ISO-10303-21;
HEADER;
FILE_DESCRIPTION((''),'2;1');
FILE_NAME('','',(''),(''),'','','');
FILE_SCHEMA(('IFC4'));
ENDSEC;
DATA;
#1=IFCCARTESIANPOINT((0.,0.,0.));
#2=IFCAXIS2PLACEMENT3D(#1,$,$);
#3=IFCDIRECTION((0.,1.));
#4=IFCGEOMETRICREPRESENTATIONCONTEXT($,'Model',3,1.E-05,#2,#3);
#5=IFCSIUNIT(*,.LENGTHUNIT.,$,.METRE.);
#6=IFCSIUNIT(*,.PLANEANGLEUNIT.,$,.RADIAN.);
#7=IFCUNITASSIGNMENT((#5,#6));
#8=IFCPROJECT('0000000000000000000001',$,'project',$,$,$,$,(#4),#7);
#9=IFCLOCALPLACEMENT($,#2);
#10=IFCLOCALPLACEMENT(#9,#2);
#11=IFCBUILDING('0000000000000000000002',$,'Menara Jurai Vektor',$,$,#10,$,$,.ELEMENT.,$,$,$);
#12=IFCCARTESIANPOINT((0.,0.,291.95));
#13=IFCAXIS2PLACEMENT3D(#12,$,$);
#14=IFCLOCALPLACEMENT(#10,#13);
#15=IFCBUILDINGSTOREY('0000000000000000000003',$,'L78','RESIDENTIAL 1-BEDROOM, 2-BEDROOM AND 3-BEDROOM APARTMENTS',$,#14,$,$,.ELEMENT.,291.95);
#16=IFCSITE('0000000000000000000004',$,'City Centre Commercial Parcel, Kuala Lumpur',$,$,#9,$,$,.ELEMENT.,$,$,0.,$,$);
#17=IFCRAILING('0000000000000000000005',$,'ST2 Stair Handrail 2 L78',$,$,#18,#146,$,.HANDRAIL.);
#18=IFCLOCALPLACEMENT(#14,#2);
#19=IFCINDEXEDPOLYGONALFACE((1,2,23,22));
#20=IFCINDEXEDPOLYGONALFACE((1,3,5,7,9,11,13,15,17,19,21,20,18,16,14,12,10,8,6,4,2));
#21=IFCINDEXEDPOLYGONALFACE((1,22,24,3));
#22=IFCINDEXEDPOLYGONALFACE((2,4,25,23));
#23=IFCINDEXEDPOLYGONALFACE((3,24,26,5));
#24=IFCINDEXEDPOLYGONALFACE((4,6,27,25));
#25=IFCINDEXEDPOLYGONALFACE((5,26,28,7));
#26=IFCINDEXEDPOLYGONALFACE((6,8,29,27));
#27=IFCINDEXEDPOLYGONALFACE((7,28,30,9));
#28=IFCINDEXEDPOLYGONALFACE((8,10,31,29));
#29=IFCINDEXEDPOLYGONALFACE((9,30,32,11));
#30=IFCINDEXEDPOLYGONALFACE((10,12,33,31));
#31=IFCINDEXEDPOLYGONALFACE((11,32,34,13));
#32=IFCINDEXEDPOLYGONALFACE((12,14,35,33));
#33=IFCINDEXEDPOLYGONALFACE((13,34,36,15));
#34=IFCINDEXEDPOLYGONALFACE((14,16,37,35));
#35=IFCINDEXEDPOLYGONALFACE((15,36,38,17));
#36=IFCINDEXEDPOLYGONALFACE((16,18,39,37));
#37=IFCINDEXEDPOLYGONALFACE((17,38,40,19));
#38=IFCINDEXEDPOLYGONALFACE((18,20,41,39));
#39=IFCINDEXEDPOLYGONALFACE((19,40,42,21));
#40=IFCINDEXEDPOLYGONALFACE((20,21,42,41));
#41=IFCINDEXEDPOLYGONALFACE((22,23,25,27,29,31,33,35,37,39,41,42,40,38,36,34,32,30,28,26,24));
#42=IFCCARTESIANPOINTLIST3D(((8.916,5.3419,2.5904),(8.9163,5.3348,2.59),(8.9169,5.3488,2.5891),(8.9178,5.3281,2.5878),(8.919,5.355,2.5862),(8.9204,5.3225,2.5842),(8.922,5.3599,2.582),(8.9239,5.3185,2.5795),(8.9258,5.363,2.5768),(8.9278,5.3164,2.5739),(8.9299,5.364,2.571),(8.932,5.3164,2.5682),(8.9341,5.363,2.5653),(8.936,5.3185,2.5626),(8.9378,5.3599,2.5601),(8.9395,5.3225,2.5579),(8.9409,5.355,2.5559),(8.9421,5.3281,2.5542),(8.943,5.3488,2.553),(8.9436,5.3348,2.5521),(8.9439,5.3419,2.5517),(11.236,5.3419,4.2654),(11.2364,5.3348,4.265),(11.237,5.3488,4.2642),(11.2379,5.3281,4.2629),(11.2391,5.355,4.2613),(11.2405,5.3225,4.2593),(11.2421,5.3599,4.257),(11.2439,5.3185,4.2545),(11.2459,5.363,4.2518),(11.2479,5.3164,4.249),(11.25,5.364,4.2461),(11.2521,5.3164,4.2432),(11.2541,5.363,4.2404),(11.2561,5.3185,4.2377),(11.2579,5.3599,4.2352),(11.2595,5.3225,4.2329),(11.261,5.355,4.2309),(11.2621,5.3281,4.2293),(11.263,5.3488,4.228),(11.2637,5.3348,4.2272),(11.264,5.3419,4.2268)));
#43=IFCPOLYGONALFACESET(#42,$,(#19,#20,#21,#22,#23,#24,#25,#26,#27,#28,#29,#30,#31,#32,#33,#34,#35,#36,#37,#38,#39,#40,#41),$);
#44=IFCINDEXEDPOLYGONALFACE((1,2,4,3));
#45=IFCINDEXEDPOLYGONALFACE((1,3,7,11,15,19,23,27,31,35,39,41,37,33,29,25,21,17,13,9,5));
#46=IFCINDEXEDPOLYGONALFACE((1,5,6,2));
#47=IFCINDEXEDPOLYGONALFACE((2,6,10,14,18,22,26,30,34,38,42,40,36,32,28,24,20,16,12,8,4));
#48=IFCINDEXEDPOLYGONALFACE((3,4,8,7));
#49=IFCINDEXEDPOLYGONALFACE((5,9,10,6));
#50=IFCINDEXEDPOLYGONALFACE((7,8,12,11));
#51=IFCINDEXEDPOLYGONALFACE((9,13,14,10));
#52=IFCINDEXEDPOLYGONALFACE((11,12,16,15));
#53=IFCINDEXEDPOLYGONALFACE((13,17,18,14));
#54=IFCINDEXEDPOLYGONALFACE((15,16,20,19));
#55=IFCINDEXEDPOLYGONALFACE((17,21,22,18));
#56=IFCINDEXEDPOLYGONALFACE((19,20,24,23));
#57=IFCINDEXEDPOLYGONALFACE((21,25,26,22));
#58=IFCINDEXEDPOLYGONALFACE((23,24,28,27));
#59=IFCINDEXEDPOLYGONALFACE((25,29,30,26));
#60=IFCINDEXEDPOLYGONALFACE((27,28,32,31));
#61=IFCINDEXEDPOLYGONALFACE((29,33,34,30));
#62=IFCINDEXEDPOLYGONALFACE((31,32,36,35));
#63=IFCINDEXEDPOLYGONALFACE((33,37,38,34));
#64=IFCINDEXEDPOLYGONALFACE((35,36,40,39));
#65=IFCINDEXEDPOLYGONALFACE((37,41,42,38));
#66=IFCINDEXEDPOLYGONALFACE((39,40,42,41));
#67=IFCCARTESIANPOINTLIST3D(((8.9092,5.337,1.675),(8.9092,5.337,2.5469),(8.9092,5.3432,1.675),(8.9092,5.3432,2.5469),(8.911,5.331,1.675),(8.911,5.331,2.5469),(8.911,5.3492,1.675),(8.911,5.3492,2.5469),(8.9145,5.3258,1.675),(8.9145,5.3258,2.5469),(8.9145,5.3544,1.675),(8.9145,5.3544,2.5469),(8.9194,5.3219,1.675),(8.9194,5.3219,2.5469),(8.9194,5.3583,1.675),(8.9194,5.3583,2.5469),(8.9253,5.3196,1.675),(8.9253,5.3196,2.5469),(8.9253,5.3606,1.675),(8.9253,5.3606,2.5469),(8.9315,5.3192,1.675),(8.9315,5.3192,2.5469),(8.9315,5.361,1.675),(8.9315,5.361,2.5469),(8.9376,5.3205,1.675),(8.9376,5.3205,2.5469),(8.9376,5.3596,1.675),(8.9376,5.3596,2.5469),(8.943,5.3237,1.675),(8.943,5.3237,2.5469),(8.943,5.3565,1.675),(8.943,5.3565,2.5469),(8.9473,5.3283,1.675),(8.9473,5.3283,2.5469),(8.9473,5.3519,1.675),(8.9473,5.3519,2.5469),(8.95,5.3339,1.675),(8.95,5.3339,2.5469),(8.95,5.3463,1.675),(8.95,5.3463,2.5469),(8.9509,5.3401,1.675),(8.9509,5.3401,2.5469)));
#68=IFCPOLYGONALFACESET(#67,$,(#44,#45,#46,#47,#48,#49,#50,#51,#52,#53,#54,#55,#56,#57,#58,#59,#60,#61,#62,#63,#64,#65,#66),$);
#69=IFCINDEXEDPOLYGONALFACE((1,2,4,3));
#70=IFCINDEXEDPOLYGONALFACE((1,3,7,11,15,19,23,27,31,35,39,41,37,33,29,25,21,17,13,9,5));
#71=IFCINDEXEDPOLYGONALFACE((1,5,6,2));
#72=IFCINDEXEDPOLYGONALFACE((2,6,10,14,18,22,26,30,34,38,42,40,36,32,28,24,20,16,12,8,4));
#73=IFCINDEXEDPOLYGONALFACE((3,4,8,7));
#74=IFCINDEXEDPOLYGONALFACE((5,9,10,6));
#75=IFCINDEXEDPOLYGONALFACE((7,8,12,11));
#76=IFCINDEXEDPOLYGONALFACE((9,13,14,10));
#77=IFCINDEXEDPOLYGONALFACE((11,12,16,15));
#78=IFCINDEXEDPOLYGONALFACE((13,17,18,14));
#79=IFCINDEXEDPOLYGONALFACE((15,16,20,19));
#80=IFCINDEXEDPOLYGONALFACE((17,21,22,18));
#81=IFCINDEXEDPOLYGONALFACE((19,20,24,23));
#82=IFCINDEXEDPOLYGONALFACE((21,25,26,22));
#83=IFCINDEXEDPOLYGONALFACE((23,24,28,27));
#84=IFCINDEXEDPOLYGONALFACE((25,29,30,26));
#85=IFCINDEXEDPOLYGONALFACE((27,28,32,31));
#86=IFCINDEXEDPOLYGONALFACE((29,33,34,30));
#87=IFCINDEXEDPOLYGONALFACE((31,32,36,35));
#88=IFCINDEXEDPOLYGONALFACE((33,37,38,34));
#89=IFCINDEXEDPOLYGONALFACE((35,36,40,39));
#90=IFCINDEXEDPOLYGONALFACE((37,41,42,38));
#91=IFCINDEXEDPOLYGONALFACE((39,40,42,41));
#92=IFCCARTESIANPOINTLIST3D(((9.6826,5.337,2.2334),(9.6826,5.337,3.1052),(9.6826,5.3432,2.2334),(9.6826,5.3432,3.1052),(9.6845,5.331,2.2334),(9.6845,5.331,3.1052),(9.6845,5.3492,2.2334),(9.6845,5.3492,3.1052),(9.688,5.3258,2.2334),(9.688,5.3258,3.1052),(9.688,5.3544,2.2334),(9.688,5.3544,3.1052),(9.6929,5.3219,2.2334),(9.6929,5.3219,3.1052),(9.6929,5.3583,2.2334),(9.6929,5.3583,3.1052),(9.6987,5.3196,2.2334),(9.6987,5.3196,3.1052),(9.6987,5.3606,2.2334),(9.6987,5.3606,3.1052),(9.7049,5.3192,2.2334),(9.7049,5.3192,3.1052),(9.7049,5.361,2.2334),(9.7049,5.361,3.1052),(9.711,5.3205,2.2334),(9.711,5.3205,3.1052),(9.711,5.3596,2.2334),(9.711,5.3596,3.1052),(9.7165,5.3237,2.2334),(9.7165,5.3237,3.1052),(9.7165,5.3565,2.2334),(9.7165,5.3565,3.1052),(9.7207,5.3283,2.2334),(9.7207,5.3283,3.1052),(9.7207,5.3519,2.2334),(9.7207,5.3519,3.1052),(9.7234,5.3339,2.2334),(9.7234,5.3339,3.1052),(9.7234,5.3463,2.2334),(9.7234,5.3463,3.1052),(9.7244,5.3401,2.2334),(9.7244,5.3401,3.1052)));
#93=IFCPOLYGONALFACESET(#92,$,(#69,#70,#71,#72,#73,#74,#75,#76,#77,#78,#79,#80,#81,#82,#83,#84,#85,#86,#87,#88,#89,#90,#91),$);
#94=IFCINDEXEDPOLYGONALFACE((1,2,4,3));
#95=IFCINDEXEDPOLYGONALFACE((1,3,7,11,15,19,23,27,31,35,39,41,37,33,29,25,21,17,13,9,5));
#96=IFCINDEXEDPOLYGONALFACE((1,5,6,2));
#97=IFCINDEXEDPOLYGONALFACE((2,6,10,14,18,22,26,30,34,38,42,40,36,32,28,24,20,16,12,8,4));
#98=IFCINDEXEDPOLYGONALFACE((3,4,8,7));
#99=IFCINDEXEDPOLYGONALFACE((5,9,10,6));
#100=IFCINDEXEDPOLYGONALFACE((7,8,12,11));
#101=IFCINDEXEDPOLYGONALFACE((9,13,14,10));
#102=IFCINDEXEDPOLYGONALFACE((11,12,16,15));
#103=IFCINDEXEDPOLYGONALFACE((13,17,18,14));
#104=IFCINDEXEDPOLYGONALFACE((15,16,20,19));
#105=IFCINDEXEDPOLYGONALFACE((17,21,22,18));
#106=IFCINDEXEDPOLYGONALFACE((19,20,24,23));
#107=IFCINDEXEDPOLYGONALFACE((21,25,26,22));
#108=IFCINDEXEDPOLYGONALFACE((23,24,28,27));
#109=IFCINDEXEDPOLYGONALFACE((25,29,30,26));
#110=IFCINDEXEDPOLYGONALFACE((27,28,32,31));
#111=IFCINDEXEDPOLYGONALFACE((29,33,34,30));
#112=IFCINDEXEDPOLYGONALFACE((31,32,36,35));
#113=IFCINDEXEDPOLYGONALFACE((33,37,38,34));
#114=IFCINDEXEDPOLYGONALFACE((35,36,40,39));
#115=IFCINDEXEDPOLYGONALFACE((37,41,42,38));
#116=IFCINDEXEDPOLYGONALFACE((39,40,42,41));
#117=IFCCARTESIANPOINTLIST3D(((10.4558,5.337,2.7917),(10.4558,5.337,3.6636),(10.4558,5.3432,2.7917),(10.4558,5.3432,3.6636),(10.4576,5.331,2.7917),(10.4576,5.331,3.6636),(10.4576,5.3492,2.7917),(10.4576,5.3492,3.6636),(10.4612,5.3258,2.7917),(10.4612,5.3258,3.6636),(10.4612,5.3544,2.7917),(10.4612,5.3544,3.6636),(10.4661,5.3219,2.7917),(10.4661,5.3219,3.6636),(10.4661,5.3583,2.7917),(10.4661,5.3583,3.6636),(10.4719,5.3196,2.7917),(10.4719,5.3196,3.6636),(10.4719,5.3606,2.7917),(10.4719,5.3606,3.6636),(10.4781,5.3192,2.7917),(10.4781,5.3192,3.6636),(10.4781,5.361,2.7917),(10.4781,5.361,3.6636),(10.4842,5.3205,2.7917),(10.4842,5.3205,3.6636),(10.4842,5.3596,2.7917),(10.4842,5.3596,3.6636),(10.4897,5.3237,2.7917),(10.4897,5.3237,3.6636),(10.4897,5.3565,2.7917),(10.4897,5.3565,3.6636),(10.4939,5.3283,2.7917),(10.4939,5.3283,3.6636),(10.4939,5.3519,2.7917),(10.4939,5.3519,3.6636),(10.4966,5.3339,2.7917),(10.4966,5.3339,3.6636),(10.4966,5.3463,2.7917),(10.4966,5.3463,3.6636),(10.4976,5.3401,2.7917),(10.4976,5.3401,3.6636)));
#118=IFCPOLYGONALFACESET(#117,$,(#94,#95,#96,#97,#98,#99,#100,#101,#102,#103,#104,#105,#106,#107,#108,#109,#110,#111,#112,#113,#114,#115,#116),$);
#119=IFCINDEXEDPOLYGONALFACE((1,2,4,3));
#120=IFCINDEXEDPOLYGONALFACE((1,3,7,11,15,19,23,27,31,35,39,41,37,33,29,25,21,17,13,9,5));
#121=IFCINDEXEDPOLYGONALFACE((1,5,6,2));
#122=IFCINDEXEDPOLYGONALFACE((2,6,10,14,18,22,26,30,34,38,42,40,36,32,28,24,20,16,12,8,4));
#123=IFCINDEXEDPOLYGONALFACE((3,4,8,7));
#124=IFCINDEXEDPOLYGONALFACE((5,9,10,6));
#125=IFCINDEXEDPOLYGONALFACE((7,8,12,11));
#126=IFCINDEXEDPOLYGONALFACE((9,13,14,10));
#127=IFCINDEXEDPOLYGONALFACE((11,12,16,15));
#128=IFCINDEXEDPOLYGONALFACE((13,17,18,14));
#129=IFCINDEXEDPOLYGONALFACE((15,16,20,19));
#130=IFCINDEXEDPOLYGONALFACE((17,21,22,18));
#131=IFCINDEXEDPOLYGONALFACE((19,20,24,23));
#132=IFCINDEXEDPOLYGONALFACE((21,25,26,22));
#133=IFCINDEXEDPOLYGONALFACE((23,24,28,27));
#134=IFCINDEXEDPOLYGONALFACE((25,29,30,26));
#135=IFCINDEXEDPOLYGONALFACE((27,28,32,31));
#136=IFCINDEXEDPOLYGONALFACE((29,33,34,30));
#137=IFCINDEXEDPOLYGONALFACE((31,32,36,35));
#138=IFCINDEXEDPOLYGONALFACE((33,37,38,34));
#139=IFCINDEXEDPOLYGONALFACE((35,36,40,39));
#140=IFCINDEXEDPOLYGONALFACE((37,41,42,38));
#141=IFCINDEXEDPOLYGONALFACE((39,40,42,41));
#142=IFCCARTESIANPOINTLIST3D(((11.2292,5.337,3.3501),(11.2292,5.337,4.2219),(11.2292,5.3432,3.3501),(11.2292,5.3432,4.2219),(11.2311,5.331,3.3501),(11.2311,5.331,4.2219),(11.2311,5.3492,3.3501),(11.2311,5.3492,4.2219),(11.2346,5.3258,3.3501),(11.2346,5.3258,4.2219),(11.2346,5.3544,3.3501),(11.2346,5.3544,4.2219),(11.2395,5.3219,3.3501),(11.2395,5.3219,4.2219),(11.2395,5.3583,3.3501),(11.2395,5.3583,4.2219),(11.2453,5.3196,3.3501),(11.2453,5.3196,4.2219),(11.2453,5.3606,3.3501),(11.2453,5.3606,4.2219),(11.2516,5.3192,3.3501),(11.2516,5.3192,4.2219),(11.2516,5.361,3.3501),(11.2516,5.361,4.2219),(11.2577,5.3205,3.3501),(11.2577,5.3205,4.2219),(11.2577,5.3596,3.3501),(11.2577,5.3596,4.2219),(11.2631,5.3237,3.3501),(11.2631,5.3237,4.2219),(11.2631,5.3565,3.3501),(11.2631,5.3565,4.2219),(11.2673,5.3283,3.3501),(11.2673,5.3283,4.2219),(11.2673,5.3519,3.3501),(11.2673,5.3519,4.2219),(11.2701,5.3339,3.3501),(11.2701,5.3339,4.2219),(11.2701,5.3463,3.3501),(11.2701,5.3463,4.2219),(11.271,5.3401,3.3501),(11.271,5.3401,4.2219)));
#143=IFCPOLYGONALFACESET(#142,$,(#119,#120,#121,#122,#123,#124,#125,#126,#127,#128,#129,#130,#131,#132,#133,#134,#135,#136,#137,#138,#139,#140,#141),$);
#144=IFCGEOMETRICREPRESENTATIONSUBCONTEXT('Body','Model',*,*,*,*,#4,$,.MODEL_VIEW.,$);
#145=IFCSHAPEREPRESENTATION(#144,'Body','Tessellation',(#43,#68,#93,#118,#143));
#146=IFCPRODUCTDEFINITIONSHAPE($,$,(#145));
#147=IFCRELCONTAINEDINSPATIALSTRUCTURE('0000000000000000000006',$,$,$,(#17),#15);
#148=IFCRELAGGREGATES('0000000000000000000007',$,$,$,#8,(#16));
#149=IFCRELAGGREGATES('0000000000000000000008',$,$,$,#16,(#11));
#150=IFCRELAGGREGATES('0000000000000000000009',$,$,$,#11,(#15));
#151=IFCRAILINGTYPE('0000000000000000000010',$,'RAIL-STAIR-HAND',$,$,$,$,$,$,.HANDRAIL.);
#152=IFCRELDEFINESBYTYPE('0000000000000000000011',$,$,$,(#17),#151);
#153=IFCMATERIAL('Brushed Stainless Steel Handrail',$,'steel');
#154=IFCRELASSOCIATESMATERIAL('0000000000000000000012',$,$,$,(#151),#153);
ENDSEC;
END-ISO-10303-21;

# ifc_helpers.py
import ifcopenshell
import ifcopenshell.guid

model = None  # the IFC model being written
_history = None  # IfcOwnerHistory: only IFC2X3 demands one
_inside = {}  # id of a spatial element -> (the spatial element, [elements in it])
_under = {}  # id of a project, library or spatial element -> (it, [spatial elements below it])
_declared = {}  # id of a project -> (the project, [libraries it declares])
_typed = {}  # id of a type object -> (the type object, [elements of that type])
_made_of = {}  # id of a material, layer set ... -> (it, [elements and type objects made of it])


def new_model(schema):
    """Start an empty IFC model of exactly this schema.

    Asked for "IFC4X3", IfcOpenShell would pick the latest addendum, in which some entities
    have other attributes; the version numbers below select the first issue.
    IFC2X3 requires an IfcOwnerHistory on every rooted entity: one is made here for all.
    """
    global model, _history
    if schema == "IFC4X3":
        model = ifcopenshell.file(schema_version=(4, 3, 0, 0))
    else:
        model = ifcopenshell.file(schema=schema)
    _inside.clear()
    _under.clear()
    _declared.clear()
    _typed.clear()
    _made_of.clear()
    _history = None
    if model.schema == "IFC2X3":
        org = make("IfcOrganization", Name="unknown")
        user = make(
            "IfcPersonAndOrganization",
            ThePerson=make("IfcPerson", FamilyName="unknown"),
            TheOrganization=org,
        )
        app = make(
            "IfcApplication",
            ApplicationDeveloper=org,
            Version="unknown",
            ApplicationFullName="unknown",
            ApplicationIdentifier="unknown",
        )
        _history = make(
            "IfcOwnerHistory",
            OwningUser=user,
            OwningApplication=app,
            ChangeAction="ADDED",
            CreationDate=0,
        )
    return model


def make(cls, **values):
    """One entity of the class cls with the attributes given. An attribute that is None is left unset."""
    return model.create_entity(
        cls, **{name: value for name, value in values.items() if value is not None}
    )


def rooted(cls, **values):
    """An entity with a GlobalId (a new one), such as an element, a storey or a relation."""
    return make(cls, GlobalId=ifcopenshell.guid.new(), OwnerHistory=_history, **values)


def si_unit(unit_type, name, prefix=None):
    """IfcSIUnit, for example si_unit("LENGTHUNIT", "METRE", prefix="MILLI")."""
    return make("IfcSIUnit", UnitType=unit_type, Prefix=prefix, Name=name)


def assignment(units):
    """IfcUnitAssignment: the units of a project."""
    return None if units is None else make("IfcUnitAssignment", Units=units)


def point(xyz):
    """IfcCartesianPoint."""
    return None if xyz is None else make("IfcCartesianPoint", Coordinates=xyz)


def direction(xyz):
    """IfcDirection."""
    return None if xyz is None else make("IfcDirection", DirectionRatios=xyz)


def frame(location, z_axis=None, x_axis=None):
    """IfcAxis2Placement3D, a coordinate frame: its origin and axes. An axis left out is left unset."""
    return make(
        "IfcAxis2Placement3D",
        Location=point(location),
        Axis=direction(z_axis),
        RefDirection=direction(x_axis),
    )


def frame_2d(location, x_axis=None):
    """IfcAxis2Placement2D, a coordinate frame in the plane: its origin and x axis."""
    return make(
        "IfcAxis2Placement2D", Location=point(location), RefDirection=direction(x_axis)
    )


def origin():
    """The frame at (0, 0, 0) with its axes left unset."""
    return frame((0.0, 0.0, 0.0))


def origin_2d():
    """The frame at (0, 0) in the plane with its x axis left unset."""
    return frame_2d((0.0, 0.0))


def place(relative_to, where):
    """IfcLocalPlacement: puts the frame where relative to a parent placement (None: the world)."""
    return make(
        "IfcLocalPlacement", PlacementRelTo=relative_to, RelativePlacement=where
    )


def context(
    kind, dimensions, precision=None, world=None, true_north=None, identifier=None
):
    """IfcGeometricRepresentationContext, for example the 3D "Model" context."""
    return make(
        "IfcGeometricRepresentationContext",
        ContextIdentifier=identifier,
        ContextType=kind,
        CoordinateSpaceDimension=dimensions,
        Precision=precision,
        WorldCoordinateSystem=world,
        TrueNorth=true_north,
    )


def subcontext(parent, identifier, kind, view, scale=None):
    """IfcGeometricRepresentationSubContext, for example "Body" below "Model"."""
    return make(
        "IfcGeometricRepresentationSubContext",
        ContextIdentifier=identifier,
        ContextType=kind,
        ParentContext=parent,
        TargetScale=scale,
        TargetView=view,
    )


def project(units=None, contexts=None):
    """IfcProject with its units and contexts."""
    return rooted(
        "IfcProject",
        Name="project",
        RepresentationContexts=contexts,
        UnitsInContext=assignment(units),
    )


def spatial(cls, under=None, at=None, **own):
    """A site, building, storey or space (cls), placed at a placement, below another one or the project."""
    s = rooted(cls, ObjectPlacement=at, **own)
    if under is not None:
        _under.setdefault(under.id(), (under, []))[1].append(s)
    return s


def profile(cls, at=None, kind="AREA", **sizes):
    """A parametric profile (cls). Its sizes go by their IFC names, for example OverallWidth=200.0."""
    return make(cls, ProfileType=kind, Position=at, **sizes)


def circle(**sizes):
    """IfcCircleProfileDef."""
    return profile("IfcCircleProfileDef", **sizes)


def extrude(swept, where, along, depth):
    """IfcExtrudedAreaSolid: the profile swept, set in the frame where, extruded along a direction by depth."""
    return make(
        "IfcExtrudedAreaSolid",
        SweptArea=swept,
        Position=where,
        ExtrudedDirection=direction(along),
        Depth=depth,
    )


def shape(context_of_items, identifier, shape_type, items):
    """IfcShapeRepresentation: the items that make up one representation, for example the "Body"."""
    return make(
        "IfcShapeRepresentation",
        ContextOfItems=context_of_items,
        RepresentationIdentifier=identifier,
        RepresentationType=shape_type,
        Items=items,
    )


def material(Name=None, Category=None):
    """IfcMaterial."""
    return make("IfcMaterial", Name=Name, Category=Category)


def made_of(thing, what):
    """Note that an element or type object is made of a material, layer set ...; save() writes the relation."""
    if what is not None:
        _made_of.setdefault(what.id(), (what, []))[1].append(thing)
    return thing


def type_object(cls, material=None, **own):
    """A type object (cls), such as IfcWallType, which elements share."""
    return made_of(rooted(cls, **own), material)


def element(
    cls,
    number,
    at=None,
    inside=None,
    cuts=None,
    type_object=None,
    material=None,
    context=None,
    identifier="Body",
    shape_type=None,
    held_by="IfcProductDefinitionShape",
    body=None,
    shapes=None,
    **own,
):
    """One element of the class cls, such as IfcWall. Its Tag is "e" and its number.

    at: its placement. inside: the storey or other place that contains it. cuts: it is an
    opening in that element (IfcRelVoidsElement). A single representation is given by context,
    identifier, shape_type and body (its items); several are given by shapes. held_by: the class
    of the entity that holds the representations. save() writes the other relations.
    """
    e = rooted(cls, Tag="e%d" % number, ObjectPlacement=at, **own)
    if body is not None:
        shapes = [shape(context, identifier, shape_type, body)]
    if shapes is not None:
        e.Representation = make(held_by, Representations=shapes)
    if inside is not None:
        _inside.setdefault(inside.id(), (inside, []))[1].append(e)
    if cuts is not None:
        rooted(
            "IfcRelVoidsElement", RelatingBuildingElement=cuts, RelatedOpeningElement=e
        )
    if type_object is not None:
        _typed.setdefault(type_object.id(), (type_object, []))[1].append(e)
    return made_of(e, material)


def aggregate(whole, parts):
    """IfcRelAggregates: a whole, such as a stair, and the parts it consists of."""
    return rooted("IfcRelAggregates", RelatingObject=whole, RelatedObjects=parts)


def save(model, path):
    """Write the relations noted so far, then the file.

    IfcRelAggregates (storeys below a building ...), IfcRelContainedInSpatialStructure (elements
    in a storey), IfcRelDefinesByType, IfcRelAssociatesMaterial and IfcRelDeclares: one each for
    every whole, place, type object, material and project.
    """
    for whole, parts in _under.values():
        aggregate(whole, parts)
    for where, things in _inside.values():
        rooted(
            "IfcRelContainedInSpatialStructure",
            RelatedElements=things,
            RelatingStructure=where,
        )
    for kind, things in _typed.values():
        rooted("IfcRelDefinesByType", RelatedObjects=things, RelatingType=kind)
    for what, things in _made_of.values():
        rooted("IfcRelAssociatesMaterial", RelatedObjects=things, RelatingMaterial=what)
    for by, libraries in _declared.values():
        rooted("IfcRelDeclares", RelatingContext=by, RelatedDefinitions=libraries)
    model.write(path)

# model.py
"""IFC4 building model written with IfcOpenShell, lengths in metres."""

from ifc_helpers import new_model, si_unit, direction, frame, origin, origin_2d, place, context, subcontext, project, spatial, circle, extrude, material, type_object, element, save


model = new_model("IFC4")

# Units and contexts
model_context = context("Model", 3, precision=1e-05, world=origin(), true_north=direction((0.0, 1.0)))
body_context = subcontext(model_context, "Body", "Model", "MODEL_VIEW")
ifc_project = project(units=[si_unit("LENGTHUNIT", "METRE"), si_unit("PLANEANGLEUNIT", "RADIAN")], contexts=[model_context])

# Site, building, storey
site_placement = place(None, origin())
site = spatial("IfcSite", under=ifc_project, at=site_placement, Name="City Centre Commercial Parcel, Kuala Lumpur", CompositionType="ELEMENT", RefElevation=0.0)
building_placement = place(site_placement, origin())
building = spatial("IfcBuilding", under=site, at=building_placement, Name="Menara Jurai Vektor", CompositionType="ELEMENT")
storey_placement = place(building_placement, frame((0.0, 0.0, 291.95)))
storey = spatial("IfcBuildingStorey", under=building, at=storey_placement, Name="L78", Description="RESIDENTIAL 1-BEDROOM, 2-BEDROOM AND 3-BEDROOM APARTMENTS", CompositionType="ELEMENT", Elevation=291.95)

# Railing
ifc_material_1 = material(Name="Brushed Stainless Steel Handrail", Category="steel")
railing_type_1 = type_object("IfcRailingType", Name="RAIL-STAIR-HAND", PredefinedType="HANDRAIL", material=ifc_material_1)
railing_1_placement = place(storey_placement, frame((8.9299, 5.3401, 1.675)))
element("IfcRailing", 1, at=railing_1_placement, inside=storey, type_object=railing_type_1, Name="ST2 Stair Handrail 2 L78", PredefinedType="HANDRAIL", context=body_context, shape_type="SweptSolid", body=[
    extrude(circle(Radius=0.0239, at=origin_2d()), frame((0.0, 0.0, 0.896), z_axis=(0.810771, 0.0, 0.585363), x_axis=(0.0, 1.0, 0.0)), (0.0, 0.0, 1.0), 2.8616),
    extrude(circle(Radius=0.021, at=origin_2d()), origin(), (0.0, 0.0, 1.0), 0.8718),
    extrude(circle(Radius=0.021, at=origin_2d()), frame((0.7734, 0.0, 0.5583)), (0.0, 0.0, 1.0), 0.8718),
    extrude(circle(Radius=0.021, at=origin_2d()), frame((1.5466, 0.0, 1.1167)), (0.0, 0.0, 1.0), 0.8718),
    extrude(circle(Radius=0.021, at=origin_2d()), frame((2.3201, 0.0, 1.675)), (0.0, 0.0, 1.0), 0.8718),
])

save(model, "model.ifc")
